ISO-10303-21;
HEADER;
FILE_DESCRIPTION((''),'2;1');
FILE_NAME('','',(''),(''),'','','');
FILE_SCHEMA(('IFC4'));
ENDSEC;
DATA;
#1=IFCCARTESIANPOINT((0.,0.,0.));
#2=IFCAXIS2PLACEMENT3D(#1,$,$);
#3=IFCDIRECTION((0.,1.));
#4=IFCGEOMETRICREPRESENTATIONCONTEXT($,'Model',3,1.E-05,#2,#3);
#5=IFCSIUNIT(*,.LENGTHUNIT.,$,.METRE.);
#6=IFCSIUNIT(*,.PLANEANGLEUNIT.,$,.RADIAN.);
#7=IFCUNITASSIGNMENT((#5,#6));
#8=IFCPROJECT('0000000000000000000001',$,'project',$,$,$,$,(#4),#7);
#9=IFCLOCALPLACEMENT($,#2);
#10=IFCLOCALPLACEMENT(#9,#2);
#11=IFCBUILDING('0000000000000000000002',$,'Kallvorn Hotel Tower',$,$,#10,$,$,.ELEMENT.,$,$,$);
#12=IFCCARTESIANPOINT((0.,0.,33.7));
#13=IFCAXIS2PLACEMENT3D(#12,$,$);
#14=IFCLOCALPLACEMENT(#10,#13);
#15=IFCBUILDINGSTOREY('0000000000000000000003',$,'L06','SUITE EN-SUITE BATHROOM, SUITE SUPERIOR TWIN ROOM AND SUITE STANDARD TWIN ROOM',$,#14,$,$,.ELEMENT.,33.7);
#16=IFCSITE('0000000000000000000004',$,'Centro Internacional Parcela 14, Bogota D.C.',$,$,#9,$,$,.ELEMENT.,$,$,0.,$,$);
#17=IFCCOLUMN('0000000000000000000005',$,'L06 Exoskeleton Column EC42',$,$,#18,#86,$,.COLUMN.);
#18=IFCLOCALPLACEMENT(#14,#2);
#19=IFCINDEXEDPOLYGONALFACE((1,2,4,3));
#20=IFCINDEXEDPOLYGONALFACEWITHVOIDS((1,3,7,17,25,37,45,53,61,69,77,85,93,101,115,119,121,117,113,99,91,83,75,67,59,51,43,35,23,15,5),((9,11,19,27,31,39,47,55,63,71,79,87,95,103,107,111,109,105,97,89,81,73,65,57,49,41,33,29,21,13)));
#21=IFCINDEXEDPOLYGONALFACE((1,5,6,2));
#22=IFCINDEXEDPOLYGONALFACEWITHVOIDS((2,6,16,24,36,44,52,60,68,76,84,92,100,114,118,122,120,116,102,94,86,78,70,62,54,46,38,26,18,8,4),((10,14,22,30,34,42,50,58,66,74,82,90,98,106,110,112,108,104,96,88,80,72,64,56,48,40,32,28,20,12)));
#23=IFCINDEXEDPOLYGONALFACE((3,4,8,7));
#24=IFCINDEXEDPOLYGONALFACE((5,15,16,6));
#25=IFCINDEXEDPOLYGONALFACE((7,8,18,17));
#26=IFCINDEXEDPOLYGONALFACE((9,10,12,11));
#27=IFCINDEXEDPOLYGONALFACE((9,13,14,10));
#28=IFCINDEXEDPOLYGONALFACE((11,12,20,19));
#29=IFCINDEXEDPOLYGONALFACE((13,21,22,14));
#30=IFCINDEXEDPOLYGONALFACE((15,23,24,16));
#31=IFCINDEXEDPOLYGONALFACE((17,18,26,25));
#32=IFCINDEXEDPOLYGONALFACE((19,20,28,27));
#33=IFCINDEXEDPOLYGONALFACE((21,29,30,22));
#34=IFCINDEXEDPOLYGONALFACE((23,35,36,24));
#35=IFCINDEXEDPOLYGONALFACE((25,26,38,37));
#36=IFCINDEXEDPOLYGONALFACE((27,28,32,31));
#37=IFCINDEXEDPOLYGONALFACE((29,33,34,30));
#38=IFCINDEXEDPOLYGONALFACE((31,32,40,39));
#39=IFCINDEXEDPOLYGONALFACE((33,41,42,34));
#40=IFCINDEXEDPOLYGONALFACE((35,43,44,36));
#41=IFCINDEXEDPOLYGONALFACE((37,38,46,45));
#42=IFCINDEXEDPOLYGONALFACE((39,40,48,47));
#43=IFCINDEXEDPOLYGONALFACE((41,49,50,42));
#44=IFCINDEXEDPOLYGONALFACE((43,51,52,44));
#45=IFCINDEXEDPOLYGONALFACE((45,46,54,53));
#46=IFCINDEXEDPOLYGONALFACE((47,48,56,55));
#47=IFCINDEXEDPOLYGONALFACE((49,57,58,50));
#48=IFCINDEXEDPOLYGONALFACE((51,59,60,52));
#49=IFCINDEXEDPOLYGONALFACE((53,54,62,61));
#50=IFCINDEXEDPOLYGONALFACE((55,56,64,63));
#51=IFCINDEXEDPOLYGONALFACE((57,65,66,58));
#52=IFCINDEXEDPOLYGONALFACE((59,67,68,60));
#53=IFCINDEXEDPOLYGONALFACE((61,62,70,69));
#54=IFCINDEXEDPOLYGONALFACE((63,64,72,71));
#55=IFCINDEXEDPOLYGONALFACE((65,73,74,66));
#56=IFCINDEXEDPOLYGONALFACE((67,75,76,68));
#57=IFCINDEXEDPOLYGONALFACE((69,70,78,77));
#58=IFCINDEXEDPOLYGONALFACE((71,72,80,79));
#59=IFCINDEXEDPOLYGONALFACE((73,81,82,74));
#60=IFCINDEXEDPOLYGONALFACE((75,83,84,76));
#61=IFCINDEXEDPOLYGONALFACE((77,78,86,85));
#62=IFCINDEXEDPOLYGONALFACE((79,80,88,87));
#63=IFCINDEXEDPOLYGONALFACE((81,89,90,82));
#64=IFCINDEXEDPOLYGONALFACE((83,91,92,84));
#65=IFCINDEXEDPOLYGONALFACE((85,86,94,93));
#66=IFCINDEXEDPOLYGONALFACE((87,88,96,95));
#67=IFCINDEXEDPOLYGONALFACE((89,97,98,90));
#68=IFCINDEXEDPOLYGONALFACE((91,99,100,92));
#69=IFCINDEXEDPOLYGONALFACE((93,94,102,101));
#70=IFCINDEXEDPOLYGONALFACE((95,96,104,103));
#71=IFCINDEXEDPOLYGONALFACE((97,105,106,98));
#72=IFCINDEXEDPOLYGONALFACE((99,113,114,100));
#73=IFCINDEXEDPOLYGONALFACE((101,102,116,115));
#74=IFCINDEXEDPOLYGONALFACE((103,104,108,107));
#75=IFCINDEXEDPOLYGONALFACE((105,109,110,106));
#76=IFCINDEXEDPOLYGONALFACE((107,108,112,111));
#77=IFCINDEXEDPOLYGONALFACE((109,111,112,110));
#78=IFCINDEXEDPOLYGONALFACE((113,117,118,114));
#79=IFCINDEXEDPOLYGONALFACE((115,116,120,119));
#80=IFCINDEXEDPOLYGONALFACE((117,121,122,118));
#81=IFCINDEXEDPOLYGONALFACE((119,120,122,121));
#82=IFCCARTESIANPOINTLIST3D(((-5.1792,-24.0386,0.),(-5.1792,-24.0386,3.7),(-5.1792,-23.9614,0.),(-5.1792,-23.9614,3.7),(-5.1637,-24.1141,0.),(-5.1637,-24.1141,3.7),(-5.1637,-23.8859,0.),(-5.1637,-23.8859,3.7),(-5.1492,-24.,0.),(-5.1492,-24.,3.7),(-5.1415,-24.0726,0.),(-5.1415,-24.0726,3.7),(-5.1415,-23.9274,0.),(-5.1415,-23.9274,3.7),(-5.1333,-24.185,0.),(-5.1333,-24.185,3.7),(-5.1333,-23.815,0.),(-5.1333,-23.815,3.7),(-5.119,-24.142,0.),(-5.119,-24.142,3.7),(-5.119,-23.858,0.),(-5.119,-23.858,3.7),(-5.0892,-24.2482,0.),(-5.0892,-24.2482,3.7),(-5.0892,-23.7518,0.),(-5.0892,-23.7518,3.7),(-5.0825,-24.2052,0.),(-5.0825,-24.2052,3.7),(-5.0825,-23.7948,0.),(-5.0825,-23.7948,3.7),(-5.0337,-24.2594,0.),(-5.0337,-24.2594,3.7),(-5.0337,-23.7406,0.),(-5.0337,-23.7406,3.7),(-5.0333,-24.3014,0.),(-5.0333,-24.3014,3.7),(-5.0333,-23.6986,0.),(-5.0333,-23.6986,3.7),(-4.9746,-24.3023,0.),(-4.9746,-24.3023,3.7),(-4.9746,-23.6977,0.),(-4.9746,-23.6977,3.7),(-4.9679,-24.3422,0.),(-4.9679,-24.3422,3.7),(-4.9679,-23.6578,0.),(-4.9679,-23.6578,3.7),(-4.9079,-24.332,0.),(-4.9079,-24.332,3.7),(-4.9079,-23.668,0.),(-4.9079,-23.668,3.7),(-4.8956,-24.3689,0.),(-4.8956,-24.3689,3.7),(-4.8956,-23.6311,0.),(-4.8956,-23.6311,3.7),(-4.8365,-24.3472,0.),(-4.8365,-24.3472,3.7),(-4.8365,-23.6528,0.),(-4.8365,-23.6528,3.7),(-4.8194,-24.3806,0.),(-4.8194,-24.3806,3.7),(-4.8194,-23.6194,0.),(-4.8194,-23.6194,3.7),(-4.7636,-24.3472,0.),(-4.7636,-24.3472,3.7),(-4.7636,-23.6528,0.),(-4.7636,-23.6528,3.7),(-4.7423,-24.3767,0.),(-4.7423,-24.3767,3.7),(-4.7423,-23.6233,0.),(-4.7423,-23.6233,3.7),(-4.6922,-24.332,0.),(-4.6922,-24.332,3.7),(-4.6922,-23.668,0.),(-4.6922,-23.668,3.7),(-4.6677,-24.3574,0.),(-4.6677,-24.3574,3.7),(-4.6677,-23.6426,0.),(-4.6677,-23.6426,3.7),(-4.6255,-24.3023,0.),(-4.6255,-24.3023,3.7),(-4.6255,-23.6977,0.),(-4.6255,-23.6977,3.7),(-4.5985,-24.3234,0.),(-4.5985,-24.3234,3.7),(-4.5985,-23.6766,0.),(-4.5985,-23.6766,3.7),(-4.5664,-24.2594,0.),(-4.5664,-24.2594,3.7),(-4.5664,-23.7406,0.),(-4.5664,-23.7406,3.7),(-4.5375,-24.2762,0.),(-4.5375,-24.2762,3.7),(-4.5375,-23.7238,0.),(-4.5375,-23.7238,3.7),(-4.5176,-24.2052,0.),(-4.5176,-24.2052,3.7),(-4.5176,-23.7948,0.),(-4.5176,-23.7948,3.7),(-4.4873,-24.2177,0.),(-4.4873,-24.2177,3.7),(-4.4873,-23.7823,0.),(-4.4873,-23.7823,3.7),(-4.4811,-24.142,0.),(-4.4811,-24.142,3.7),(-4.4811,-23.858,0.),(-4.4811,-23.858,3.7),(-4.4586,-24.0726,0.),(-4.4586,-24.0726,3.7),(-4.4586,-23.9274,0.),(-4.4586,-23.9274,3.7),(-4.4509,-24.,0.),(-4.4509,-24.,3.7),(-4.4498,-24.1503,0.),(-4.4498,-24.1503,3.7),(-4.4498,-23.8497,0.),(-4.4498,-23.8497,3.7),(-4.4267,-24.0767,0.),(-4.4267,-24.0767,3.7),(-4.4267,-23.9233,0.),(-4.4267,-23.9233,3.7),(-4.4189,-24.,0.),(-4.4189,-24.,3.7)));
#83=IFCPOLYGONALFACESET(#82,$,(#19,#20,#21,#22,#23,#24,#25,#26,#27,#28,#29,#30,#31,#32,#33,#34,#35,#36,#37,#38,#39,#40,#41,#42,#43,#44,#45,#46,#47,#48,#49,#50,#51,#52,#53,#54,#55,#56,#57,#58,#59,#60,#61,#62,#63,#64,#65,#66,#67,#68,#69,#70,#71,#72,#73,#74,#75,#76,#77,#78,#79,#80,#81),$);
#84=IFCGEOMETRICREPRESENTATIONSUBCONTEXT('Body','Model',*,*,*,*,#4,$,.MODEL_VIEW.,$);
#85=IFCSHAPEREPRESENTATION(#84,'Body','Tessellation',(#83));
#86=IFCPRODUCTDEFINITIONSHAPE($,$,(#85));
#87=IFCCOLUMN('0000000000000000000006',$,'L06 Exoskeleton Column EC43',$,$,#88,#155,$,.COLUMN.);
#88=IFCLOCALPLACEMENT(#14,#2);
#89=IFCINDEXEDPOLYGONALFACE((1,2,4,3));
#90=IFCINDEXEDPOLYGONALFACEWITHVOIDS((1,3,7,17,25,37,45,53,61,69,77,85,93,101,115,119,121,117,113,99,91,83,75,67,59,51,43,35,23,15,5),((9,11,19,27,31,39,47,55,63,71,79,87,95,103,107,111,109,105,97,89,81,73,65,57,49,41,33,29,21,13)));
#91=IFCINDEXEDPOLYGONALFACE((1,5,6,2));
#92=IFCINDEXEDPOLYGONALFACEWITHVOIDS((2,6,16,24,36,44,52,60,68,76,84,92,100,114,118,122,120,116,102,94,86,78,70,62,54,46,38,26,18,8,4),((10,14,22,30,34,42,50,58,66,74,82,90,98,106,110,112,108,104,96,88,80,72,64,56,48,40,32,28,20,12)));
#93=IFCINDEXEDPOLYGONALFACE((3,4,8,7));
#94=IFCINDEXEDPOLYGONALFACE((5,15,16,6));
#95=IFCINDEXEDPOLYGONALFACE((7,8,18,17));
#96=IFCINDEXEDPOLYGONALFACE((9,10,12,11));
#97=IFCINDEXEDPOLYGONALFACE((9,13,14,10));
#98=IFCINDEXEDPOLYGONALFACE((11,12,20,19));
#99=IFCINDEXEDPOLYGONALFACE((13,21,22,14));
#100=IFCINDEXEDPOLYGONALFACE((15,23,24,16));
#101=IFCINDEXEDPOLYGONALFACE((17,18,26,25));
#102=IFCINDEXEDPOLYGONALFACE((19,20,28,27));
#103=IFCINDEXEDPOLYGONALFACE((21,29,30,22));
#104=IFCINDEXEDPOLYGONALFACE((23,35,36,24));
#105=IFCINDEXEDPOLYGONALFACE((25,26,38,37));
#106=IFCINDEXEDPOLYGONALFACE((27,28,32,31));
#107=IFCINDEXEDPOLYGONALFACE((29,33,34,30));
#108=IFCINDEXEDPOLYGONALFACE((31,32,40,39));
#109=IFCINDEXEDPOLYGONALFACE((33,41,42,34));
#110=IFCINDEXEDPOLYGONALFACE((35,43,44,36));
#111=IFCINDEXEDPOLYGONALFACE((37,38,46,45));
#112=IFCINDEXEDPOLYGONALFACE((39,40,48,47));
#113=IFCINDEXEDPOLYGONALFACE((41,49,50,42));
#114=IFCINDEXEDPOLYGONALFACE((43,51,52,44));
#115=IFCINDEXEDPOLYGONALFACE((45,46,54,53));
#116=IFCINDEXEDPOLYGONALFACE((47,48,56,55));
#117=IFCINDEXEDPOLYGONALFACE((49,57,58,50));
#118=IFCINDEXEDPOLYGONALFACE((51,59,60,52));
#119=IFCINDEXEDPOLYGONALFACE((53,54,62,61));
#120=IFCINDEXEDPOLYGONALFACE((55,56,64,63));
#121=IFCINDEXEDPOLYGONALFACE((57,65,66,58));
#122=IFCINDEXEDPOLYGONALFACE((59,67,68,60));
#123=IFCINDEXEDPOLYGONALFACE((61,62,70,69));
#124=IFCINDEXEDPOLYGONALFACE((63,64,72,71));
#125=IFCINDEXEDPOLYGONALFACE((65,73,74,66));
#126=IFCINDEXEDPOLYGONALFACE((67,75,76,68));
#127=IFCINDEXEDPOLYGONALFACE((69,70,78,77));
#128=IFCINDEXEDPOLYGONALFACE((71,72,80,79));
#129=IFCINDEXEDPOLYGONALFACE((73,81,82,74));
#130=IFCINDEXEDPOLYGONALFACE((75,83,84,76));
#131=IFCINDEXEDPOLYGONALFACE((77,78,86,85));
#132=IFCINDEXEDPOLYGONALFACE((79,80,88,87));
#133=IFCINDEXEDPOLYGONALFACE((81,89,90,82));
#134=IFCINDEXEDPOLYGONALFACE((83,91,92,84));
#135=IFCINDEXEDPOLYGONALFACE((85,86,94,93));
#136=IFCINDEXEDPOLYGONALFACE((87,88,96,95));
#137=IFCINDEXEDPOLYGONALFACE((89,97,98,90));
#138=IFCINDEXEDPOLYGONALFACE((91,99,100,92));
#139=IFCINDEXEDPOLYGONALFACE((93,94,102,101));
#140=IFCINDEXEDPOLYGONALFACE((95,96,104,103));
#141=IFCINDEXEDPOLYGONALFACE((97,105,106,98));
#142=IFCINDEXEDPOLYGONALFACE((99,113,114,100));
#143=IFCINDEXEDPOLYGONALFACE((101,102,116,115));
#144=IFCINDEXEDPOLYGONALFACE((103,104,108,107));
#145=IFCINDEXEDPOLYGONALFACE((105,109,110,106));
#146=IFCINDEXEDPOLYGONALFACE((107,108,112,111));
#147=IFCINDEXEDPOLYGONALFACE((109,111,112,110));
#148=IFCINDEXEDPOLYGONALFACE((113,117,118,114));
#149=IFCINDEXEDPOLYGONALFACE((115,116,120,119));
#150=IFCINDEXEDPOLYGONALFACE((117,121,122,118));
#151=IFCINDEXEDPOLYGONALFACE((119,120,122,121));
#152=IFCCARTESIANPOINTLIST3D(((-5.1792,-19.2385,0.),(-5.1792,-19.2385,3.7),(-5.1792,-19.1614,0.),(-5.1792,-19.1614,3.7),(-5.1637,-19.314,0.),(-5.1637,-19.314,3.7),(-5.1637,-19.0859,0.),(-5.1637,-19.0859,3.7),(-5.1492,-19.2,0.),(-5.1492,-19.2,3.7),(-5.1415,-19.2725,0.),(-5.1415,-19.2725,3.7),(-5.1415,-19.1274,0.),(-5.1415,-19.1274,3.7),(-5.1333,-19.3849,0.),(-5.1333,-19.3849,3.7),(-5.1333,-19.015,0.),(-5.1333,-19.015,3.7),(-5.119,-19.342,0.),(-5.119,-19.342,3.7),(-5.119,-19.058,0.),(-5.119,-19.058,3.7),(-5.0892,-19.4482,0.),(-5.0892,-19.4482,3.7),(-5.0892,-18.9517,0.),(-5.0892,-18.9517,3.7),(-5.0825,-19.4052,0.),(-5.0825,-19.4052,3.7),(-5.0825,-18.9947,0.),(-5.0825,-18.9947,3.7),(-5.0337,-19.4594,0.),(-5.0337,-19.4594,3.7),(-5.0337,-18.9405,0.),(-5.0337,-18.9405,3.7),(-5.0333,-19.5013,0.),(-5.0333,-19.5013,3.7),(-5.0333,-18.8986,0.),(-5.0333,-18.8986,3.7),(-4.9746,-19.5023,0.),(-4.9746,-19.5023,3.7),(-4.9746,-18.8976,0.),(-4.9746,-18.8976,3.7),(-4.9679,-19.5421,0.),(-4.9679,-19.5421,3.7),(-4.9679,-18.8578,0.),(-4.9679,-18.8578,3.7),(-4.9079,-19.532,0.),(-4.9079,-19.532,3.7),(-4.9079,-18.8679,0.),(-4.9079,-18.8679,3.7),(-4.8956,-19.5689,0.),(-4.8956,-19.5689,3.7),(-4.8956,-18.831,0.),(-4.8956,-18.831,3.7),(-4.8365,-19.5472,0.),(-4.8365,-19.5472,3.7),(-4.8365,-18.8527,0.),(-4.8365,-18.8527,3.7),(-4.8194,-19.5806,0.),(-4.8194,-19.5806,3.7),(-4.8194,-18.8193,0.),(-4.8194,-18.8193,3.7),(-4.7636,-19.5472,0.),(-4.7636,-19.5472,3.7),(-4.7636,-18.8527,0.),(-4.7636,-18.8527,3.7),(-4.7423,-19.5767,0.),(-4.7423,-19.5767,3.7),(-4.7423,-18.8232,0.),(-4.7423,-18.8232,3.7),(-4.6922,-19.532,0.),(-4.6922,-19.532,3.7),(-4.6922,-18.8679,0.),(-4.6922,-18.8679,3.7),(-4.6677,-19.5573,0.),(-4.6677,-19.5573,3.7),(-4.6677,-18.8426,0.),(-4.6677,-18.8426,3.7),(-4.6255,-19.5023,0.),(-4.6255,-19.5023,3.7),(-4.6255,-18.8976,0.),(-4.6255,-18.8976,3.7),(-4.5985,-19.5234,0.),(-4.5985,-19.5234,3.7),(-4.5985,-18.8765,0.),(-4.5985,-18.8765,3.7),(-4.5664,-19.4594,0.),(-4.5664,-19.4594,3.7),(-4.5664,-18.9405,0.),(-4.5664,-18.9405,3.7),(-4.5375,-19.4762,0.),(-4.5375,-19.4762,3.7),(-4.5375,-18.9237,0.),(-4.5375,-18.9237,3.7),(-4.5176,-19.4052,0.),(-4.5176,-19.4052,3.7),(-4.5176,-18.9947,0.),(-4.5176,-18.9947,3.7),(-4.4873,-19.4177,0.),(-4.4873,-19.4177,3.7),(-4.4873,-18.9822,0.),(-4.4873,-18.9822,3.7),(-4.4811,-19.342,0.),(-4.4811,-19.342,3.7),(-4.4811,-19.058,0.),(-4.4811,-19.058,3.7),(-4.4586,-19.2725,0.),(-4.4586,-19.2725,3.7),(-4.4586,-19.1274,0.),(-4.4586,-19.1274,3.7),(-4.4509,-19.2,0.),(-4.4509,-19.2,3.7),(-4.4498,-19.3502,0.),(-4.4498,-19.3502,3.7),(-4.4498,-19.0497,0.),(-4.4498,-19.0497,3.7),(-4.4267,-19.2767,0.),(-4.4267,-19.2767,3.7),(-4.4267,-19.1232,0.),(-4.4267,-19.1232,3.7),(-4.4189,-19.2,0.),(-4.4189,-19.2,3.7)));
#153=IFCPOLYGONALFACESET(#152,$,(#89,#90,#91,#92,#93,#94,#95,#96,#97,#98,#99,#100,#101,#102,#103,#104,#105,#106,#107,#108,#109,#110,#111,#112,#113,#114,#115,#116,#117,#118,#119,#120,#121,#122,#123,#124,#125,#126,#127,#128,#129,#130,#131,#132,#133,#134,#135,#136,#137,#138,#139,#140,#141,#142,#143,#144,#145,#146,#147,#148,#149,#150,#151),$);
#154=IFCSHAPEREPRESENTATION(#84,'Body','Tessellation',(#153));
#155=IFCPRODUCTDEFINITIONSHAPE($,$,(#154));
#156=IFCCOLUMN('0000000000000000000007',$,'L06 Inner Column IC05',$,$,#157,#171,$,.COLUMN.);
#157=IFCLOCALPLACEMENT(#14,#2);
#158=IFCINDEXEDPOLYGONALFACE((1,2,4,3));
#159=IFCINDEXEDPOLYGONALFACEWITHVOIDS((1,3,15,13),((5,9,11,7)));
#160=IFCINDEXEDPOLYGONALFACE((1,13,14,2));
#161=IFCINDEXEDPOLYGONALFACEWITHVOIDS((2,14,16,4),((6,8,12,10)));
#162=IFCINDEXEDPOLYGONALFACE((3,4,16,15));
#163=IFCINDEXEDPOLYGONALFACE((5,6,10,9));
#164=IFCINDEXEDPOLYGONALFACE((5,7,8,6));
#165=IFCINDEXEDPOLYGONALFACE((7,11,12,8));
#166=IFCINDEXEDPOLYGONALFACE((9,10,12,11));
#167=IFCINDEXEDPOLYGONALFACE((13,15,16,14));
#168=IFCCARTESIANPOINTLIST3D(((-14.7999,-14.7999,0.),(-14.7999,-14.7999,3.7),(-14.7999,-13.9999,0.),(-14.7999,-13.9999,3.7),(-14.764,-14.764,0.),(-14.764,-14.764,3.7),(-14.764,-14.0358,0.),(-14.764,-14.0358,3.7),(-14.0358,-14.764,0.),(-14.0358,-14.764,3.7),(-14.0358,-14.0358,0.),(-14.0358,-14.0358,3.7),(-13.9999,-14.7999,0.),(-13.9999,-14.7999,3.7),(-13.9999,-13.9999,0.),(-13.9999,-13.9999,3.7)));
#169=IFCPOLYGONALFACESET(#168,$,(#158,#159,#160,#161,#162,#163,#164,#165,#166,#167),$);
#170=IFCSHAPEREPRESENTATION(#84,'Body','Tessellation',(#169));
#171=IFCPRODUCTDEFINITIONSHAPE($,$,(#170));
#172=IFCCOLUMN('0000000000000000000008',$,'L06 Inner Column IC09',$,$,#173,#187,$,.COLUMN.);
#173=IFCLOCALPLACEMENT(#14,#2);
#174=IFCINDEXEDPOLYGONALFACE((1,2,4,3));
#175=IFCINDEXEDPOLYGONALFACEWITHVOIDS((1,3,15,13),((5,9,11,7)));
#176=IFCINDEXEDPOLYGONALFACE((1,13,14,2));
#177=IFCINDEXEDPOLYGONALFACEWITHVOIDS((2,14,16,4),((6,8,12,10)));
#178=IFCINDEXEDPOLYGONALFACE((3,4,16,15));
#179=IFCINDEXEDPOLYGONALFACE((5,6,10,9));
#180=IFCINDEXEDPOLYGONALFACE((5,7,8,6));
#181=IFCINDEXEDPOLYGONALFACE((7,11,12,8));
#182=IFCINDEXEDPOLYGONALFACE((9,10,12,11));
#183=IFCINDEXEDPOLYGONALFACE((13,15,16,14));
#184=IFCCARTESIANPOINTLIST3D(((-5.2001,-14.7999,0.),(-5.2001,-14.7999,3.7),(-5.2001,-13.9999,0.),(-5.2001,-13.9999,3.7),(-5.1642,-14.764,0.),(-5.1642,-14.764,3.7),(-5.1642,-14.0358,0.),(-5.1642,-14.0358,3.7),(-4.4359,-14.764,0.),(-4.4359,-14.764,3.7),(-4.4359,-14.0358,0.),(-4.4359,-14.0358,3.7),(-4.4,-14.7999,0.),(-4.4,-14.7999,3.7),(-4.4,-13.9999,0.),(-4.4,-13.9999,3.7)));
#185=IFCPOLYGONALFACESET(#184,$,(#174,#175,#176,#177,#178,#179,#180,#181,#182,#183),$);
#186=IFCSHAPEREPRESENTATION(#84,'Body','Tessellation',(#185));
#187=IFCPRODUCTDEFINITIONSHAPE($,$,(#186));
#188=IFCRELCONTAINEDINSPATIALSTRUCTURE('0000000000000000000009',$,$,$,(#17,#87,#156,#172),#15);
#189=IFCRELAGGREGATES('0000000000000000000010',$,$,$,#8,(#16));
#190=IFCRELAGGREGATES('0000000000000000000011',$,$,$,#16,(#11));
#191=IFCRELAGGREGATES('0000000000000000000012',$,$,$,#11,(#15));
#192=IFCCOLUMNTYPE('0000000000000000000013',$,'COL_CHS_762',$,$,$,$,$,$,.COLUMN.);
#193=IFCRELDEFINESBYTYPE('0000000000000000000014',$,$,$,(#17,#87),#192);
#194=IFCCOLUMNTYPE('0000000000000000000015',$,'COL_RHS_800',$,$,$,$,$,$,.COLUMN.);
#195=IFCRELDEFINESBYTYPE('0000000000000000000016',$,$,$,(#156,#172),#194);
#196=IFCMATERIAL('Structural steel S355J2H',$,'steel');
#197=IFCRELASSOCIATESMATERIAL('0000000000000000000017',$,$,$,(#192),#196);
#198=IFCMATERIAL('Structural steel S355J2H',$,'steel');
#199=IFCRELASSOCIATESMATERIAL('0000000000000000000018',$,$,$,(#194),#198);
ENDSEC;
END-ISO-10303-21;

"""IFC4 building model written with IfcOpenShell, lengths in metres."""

from ifc_helpers import new_model, si_unit, direction, frame, origin, origin_2d, place, context, subcontext, project, spatial, hollow_rectangle, hollow_circle, extrude, material, material_profile, profile_set, type_object, element, save


model = new_model("IFC4")

# Units and contexts
model_context = context("Model", 3, precision=1e-05, world=origin(), true_north=direction((0.0, 1.0)))
body_context = subcontext(model_context, "Body", "Model", "MODEL_VIEW")
ifc_project = project(units=[si_unit("LENGTHUNIT", "METRE"), si_unit("PLANEANGLEUNIT", "RADIAN")], contexts=[model_context])

# Site, building, storey
site_placement = place(None, origin())
site = spatial("IfcSite", under=ifc_project, at=site_placement, Name="Centro Internacional Parcela 14, Bogota D.C.", CompositionType="ELEMENT", RefElevation=0.0)
building_placement = place(site_placement, origin())
building = spatial("IfcBuilding", under=site, at=building_placement, Name="Kallvorn Hotel Tower", CompositionType="ELEMENT")
storey_placement = place(building_placement, frame((0.0, 0.0, 33.7)))
storey = spatial("IfcBuildingStorey", under=building, at=storey_placement, Name="L06", Description="SUITE EN-SUITE BATHROOM, SUITE SUPERIOR TWIN ROOM AND SUITE STANDARD TWIN ROOM", CompositionType="ELEMENT", Elevation=33.7)

# Columns
ifc_material_1 = material(Name="Structural steel S355J2H", Category="steel")
ifc_material_profile_1 = material_profile(ifc_material_1, hollow_circle(Radius=0.3811, WallThickness=0.032, at=origin_2d()), Name="CHS 762x32")
ifc_profile_set_1 = profile_set([ifc_material_profile_1], Name="Structural steel S355J2H")
column_type_1 = type_object("IfcColumnType", Name="COL_CHS_762", PredefinedType="COLUMN", material=ifc_profile_set_1)
for number, where, z_axis, x_axis, name in (
    (1, (-4.8, -24.0, 0.0), (0.0, 0.0, 1.0), (1.0, 0.0, 0.0), "L06 Exoskeleton Column EC42"),
    (2, (-4.8, -19.2, 0.0), (0.0, 0.0, 1.0), (1.0, 0.0, 0.0), "L06 Exoskeleton Column EC43"),
):
    element("IfcColumn", number, at=place(storey_placement, frame(where, z_axis=z_axis, x_axis=x_axis)), inside=storey, type_object=column_type_1, Name=name, PredefinedType="COLUMN", context=body_context, shape_type="SweptSolid", body=[
        extrude(hollow_circle(Radius=0.3811, WallThickness=0.032, at=origin_2d()), origin(), (0.0, 0.0, 1.0), 3.7),
    ])
ifc_material_2 = material(Name="Structural steel S355J2H", Category="steel")
ifc_material_profile_2 = material_profile(ifc_material_2, hollow_rectangle(XDim=0.8, YDim=0.8, WallThickness=0.0359, at=origin_2d()), Name="RHS 800x800x36")
ifc_profile_set_2 = profile_set([ifc_material_profile_2], Name="Structural steel S355J2H")
column_type_2 = type_object("IfcColumnType", Name="COL_RHS_800", PredefinedType="COLUMN", material=ifc_profile_set_2)
for number, where, z_axis, x_axis, name in (
    (3, (-14.3999, -14.3999, 0.0), (0.0, 0.0, 1.0), (1.0, 0.0, 0.0), "L06 Inner Column IC05"),
    (4, (-4.8, -14.3999, 0.0), (0.0, 0.0, 1.0), (1.0, 0.0, 0.0), "L06 Inner Column IC09"),
):
    element("IfcColumn", number, at=place(storey_placement, frame(where, z_axis=z_axis, x_axis=x_axis)), inside=storey, type_object=column_type_2, Name=name, PredefinedType="COLUMN", context=body_context, shape_type="SweptSolid", body=[
        extrude(hollow_rectangle(XDim=0.8, YDim=0.8, WallThickness=0.0359, at=origin_2d()), origin(), (0.0, 0.0, 1.0), 3.7),
    ])

save(model, "model.ifc")
